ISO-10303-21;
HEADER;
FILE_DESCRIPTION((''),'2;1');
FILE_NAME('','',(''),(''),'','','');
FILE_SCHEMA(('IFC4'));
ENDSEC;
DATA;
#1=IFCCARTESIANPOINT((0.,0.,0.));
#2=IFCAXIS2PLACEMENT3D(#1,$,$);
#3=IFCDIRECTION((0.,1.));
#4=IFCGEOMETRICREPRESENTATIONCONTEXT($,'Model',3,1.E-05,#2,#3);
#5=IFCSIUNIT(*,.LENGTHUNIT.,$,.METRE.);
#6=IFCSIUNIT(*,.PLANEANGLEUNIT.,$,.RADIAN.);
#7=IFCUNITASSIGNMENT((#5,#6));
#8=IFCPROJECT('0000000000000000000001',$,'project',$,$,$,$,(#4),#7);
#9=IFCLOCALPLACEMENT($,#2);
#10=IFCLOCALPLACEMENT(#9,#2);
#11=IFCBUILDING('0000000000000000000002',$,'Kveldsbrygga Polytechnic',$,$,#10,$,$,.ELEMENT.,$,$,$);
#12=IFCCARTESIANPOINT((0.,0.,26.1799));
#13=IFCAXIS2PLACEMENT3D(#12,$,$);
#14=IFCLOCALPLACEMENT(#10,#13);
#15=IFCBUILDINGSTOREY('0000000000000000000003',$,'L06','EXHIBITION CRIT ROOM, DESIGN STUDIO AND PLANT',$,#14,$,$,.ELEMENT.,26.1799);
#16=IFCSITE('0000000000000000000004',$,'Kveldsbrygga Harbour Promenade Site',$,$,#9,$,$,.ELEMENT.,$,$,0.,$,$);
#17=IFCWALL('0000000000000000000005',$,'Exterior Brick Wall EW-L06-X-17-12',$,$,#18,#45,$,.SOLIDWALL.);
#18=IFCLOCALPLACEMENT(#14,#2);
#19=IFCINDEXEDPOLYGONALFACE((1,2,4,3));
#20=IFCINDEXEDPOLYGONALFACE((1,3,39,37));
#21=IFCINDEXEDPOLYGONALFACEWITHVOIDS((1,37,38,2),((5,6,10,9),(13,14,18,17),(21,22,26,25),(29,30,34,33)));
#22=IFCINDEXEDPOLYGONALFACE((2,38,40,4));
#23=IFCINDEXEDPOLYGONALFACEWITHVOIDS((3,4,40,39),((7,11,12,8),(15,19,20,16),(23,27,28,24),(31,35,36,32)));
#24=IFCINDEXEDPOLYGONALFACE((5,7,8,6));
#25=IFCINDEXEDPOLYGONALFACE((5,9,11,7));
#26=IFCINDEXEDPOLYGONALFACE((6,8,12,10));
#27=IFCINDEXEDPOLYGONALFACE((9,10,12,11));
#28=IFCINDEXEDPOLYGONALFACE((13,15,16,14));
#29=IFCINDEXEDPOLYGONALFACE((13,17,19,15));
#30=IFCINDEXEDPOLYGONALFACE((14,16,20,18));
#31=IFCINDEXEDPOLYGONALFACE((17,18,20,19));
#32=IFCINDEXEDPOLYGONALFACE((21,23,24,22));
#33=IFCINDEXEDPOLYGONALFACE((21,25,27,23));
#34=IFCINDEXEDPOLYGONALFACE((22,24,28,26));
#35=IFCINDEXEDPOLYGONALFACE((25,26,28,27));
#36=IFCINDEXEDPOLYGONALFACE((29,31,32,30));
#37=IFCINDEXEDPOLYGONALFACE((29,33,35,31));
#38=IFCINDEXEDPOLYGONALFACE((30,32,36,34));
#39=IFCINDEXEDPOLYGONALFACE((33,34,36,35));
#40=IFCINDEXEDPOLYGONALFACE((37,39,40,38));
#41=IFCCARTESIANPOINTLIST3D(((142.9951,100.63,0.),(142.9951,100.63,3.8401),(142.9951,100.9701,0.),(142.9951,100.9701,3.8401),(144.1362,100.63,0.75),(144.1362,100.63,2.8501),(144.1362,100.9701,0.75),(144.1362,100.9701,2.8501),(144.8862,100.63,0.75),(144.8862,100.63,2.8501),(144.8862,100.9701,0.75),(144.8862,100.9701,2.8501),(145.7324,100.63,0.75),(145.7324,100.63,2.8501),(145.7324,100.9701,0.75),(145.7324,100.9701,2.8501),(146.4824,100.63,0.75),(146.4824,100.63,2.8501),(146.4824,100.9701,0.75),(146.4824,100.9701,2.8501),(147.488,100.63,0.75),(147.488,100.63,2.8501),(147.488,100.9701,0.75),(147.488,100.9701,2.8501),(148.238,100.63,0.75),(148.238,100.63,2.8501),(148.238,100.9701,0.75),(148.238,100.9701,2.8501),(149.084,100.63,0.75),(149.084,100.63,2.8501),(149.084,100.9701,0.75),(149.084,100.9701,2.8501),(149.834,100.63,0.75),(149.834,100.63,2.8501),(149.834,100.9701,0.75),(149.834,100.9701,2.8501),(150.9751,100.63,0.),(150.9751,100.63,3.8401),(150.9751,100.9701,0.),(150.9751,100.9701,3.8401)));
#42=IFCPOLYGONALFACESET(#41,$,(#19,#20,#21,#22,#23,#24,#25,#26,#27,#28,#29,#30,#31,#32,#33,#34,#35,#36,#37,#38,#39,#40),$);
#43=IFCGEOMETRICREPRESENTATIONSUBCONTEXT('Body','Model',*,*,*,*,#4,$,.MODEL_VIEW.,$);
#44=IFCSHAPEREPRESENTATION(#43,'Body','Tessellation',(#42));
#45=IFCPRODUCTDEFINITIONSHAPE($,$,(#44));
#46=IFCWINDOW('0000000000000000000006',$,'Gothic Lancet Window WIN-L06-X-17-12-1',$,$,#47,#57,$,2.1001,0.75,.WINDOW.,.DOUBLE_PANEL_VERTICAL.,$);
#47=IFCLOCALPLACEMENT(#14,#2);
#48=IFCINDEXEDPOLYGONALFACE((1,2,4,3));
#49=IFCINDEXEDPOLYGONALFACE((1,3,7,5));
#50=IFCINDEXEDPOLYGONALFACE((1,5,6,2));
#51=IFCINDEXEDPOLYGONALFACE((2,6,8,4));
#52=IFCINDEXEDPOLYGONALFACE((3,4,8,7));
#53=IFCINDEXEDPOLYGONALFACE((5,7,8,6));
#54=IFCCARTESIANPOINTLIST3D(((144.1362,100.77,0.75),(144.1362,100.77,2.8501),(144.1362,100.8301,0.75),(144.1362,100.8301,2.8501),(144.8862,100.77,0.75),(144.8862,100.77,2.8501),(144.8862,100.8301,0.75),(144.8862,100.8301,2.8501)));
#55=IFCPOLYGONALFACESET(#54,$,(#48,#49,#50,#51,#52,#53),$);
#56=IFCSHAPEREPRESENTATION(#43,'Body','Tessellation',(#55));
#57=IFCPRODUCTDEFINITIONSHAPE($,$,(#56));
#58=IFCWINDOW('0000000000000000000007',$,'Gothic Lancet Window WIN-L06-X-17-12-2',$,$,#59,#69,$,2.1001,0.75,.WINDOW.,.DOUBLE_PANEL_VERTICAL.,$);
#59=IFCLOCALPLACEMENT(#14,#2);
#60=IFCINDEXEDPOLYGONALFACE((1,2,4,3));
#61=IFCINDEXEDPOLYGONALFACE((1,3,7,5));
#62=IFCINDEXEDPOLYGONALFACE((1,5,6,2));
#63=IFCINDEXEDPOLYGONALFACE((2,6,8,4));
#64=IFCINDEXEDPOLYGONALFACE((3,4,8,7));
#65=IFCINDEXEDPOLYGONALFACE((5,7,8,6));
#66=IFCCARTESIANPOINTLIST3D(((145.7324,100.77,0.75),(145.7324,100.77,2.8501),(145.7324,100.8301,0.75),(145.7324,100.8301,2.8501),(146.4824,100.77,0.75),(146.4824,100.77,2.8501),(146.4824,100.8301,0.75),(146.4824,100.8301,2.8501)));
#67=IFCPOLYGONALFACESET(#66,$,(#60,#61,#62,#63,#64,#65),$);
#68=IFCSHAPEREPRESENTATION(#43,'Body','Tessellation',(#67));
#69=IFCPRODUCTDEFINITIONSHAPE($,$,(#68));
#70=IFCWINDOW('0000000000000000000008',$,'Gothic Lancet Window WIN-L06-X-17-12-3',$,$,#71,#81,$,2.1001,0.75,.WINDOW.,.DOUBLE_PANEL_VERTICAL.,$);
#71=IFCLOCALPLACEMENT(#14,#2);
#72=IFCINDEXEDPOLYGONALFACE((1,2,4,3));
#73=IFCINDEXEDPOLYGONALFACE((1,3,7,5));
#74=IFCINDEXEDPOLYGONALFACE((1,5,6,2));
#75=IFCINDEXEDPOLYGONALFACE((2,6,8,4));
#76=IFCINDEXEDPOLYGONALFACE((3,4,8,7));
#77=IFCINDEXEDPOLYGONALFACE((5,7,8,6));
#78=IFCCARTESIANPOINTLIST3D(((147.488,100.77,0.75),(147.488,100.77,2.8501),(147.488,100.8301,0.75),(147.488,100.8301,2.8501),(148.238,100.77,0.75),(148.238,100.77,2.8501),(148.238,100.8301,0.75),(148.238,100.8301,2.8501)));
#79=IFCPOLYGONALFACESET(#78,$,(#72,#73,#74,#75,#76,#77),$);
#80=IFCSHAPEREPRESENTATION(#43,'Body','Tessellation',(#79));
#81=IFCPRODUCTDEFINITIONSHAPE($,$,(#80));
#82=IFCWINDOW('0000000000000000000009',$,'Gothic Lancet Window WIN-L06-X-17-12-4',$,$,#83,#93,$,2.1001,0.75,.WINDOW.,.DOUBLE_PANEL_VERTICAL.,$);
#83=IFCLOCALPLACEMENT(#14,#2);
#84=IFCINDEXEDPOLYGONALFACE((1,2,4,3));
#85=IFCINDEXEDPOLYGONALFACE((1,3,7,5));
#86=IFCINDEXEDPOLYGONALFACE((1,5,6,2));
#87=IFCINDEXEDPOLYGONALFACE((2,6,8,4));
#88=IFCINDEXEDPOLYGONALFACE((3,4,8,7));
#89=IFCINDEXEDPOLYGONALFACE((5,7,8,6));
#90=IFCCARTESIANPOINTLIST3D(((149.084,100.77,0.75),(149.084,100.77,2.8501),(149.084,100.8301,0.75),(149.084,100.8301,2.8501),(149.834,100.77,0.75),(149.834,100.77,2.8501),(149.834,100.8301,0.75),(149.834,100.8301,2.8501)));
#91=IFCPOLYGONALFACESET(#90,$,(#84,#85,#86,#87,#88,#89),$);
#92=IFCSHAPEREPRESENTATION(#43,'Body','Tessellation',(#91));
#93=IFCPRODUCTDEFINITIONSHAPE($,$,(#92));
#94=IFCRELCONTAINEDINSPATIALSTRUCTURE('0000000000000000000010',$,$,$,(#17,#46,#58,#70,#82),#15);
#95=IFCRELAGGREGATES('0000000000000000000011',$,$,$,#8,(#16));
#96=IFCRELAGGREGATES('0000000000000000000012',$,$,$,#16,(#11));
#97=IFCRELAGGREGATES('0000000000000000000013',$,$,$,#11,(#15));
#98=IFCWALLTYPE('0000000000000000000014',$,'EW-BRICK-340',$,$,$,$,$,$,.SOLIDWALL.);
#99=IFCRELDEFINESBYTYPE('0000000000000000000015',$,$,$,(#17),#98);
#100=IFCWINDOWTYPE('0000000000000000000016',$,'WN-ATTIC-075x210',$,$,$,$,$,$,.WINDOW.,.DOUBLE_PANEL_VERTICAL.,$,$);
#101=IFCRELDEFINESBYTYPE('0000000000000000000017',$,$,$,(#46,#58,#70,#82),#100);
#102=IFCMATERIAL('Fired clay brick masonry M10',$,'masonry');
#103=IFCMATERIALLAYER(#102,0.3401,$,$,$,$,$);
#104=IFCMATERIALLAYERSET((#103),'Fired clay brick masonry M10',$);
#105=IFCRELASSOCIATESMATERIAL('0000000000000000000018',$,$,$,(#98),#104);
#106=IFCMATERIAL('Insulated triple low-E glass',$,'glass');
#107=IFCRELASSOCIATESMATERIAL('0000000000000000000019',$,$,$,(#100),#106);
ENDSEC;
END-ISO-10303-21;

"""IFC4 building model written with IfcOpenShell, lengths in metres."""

from ifc_helpers import new_model, si_unit, direction, frame, frame_2d, origin, place, context, subcontext, project, spatial, rectangle, extrude, material, layer, layer_set, type_object, element, fill, save


model = new_model("IFC4")

# Units and contexts
model_context = context("Model", 3, precision=1e-05, world=origin(), true_north=direction((0.0, 1.0)))
body_context = subcontext(model_context, "Body", "Model", "MODEL_VIEW")
ifc_project = project(units=[si_unit("LENGTHUNIT", "METRE"), si_unit("PLANEANGLEUNIT", "RADIAN")], contexts=[model_context])

# Site, building, storey
site_placement = place(None, origin())
site = spatial("IfcSite", under=ifc_project, at=site_placement, Name="Kveldsbrygga Harbour Promenade Site", CompositionType="ELEMENT", RefElevation=0.0)
building_placement = place(site_placement, origin())
building = spatial("IfcBuilding", under=site, at=building_placement, Name="Kveldsbrygga Polytechnic", CompositionType="ELEMENT")
storey_placement = place(building_placement, frame((0.0, 0.0, 26.1799)))
storey = spatial("IfcBuildingStorey", under=building, at=storey_placement, Name="L06", Description="EXHIBITION CRIT ROOM, DESIGN STUDIO AND PLANT", CompositionType="ELEMENT", Elevation=26.1799)

# Wall, openings, windows
ifc_material_1 = material(Name="Fired clay brick masonry M10", Category="masonry")
ifc_layer_1 = layer(ifc_material_1, 0.3401)
ifc_layer_set_1 = layer_set([ifc_layer_1], Name="Fired clay brick masonry M10")
wall_type = type_object("IfcWallType", Name="EW-BRICK-340", PredefinedType="SOLIDWALL", material=ifc_layer_set_1)
wall_placement = place(storey_placement, frame((142.9951, 100.8, 0.0), z_axis=(0.0, 0.0, 1.0), x_axis=(1.0, 0.0, 0.0)))
wall = element("IfcWall", 1, at=wall_placement, inside=storey, type_object=wall_type, Name="Exterior Brick Wall EW-L06-X-17-12", PredefinedType="SOLIDWALL", context=body_context, shape_type="SweptSolid", body=[
    extrude(rectangle(XDim=7.98, YDim=0.3401, at=frame_2d((3.99, 0.0))), origin(), (0.0, 0.0, 1.0), 3.8401),
])
opening_1_placement = place(wall_placement, frame((1.1411, 0.0, 0.75)))
opening_1 = element("IfcOpeningElement", 2, at=opening_1_placement, cuts=wall, PredefinedType="OPENING", context=body_context, shape_type="SweptSolid", body=[
    extrude(rectangle(XDim=0.75, YDim=2.1001, at=frame_2d((0.375, 1.05))), frame((0.0, 0.1802, 0.0), z_axis=(0.0, -1.0, 0.0), x_axis=(1.0, 0.0, 0.0)), (0.0, 0.0, 1.0), 0.3601),
])
opening_2_placement = place(wall_placement, frame((2.7373, 0.0, 0.75)))
opening_2 = element("IfcOpeningElement", 3, at=opening_2_placement, cuts=wall, PredefinedType="OPENING", context=body_context, shape_type="SweptSolid", body=[
    extrude(rectangle(XDim=0.75, YDim=2.1001, at=frame_2d((0.375, 1.05))), frame((0.0, 0.1802, 0.0), z_axis=(0.0, -1.0, 0.0), x_axis=(1.0, 0.0, 0.0)), (0.0, 0.0, 1.0), 0.3601),
])
opening_3_placement = place(wall_placement, frame((4.4929, 0.0, 0.75)))
opening_3 = element("IfcOpeningElement", 4, at=opening_3_placement, cuts=wall, PredefinedType="OPENING", context=body_context, shape_type="SweptSolid", body=[
    extrude(rectangle(XDim=0.75, YDim=2.1001, at=frame_2d((0.375, 1.05))), frame((0.0, 0.1802, 0.0), z_axis=(0.0, -1.0, 0.0), x_axis=(1.0, 0.0, 0.0)), (0.0, 0.0, 1.0), 0.3601),
])
opening_4_placement = place(wall_placement, frame((6.0889, 0.0, 0.75)))
opening_4 = element("IfcOpeningElement", 5, at=opening_4_placement, cuts=wall, PredefinedType="OPENING", context=body_context, shape_type="SweptSolid", body=[
    extrude(rectangle(XDim=0.75, YDim=2.1001, at=frame_2d((0.375, 1.05))), frame((0.0, 0.1802, 0.0), z_axis=(0.0, -1.0, 0.0), x_axis=(1.0, 0.0, 0.0)), (0.0, 0.0, 1.0), 0.3601),
])
ifc_material_2 = material(Name="Insulated triple low-E glass", Category="glass")
window_type = type_object("IfcWindowType", Name="WN-ATTIC-075x210", PartitioningType="DOUBLE_PANEL_VERTICAL", PredefinedType="WINDOW", material=ifc_material_2)
window_1_placement = place(opening_1_placement, origin())
window_1 = element("IfcWindow", 6, at=window_1_placement, inside=storey, type_object=window_type, Name="Gothic Lancet Window WIN-L06-X-17-12-1", OverallHeight=2.1001, OverallWidth=0.75, PartitioningType="DOUBLE_PANEL_VERTICAL", PredefinedType="WINDOW", context=body_context, shape_type="SweptSolid", body=[
    extrude(rectangle(XDim=0.75, YDim=2.1001, at=frame_2d((0.375, 1.05))), frame((0.0, 0.03, 0.0), z_axis=(0.0, -1.0, 0.0), x_axis=(1.0, 0.0, 0.0)), (0.0, 0.0, 1.0), 0.0601),
])
fill(opening_1, window_1)
window_2_placement = place(opening_2_placement, origin())
window_2 = element("IfcWindow", 7, at=window_2_placement, inside=storey, type_object=window_type, Name="Gothic Lancet Window WIN-L06-X-17-12-2", OverallHeight=2.1001, OverallWidth=0.75, PartitioningType="DOUBLE_PANEL_VERTICAL", PredefinedType="WINDOW", context=body_context, shape_type="SweptSolid", body=[
    extrude(rectangle(XDim=0.75, YDim=2.1001, at=frame_2d((0.375, 1.05))), frame((0.0, 0.03, 0.0), z_axis=(0.0, -1.0, 0.0), x_axis=(1.0, 0.0, 0.0)), (0.0, 0.0, 1.0), 0.0601),
])
fill(opening_2, window_2)
window_3_placement = place(opening_3_placement, origin())
window_3 = element("IfcWindow", 8, at=window_3_placement, inside=storey, type_object=window_type, Name="Gothic Lancet Window WIN-L06-X-17-12-3", OverallHeight=2.1001, OverallWidth=0.75, PartitioningType="DOUBLE_PANEL_VERTICAL", PredefinedType="WINDOW", context=body_context, shape_type="SweptSolid", body=[
    extrude(rectangle(XDim=0.75, YDim=2.1001, at=frame_2d((0.375, 1.05))), frame((0.0, 0.03, 0.0), z_axis=(0.0, -1.0, 0.0), x_axis=(1.0, 0.0, 0.0)), (0.0, 0.0, 1.0), 0.0601),
])
fill(opening_3, window_3)
window_4_placement = place(opening_4_placement, origin())
window_4 = element("IfcWindow", 9, at=window_4_placement, inside=storey, type_object=window_type, Name="Gothic Lancet Window WIN-L06-X-17-12-4", OverallHeight=2.1001, OverallWidth=0.75, PartitioningType="DOUBLE_PANEL_VERTICAL", PredefinedType="WINDOW", context=body_context, shape_type="SweptSolid", body=[
    extrude(rectangle(XDim=0.75, YDim=2.1001, at=frame_2d((0.375, 1.05))), frame((0.0, 0.03, 0.0), z_axis=(0.0, -1.0, 0.0), x_axis=(1.0, 0.0, 0.0)), (0.0, 0.0, 1.0), 0.0601),
])
fill(opening_4, window_4)

save(model, "model.ifc")
